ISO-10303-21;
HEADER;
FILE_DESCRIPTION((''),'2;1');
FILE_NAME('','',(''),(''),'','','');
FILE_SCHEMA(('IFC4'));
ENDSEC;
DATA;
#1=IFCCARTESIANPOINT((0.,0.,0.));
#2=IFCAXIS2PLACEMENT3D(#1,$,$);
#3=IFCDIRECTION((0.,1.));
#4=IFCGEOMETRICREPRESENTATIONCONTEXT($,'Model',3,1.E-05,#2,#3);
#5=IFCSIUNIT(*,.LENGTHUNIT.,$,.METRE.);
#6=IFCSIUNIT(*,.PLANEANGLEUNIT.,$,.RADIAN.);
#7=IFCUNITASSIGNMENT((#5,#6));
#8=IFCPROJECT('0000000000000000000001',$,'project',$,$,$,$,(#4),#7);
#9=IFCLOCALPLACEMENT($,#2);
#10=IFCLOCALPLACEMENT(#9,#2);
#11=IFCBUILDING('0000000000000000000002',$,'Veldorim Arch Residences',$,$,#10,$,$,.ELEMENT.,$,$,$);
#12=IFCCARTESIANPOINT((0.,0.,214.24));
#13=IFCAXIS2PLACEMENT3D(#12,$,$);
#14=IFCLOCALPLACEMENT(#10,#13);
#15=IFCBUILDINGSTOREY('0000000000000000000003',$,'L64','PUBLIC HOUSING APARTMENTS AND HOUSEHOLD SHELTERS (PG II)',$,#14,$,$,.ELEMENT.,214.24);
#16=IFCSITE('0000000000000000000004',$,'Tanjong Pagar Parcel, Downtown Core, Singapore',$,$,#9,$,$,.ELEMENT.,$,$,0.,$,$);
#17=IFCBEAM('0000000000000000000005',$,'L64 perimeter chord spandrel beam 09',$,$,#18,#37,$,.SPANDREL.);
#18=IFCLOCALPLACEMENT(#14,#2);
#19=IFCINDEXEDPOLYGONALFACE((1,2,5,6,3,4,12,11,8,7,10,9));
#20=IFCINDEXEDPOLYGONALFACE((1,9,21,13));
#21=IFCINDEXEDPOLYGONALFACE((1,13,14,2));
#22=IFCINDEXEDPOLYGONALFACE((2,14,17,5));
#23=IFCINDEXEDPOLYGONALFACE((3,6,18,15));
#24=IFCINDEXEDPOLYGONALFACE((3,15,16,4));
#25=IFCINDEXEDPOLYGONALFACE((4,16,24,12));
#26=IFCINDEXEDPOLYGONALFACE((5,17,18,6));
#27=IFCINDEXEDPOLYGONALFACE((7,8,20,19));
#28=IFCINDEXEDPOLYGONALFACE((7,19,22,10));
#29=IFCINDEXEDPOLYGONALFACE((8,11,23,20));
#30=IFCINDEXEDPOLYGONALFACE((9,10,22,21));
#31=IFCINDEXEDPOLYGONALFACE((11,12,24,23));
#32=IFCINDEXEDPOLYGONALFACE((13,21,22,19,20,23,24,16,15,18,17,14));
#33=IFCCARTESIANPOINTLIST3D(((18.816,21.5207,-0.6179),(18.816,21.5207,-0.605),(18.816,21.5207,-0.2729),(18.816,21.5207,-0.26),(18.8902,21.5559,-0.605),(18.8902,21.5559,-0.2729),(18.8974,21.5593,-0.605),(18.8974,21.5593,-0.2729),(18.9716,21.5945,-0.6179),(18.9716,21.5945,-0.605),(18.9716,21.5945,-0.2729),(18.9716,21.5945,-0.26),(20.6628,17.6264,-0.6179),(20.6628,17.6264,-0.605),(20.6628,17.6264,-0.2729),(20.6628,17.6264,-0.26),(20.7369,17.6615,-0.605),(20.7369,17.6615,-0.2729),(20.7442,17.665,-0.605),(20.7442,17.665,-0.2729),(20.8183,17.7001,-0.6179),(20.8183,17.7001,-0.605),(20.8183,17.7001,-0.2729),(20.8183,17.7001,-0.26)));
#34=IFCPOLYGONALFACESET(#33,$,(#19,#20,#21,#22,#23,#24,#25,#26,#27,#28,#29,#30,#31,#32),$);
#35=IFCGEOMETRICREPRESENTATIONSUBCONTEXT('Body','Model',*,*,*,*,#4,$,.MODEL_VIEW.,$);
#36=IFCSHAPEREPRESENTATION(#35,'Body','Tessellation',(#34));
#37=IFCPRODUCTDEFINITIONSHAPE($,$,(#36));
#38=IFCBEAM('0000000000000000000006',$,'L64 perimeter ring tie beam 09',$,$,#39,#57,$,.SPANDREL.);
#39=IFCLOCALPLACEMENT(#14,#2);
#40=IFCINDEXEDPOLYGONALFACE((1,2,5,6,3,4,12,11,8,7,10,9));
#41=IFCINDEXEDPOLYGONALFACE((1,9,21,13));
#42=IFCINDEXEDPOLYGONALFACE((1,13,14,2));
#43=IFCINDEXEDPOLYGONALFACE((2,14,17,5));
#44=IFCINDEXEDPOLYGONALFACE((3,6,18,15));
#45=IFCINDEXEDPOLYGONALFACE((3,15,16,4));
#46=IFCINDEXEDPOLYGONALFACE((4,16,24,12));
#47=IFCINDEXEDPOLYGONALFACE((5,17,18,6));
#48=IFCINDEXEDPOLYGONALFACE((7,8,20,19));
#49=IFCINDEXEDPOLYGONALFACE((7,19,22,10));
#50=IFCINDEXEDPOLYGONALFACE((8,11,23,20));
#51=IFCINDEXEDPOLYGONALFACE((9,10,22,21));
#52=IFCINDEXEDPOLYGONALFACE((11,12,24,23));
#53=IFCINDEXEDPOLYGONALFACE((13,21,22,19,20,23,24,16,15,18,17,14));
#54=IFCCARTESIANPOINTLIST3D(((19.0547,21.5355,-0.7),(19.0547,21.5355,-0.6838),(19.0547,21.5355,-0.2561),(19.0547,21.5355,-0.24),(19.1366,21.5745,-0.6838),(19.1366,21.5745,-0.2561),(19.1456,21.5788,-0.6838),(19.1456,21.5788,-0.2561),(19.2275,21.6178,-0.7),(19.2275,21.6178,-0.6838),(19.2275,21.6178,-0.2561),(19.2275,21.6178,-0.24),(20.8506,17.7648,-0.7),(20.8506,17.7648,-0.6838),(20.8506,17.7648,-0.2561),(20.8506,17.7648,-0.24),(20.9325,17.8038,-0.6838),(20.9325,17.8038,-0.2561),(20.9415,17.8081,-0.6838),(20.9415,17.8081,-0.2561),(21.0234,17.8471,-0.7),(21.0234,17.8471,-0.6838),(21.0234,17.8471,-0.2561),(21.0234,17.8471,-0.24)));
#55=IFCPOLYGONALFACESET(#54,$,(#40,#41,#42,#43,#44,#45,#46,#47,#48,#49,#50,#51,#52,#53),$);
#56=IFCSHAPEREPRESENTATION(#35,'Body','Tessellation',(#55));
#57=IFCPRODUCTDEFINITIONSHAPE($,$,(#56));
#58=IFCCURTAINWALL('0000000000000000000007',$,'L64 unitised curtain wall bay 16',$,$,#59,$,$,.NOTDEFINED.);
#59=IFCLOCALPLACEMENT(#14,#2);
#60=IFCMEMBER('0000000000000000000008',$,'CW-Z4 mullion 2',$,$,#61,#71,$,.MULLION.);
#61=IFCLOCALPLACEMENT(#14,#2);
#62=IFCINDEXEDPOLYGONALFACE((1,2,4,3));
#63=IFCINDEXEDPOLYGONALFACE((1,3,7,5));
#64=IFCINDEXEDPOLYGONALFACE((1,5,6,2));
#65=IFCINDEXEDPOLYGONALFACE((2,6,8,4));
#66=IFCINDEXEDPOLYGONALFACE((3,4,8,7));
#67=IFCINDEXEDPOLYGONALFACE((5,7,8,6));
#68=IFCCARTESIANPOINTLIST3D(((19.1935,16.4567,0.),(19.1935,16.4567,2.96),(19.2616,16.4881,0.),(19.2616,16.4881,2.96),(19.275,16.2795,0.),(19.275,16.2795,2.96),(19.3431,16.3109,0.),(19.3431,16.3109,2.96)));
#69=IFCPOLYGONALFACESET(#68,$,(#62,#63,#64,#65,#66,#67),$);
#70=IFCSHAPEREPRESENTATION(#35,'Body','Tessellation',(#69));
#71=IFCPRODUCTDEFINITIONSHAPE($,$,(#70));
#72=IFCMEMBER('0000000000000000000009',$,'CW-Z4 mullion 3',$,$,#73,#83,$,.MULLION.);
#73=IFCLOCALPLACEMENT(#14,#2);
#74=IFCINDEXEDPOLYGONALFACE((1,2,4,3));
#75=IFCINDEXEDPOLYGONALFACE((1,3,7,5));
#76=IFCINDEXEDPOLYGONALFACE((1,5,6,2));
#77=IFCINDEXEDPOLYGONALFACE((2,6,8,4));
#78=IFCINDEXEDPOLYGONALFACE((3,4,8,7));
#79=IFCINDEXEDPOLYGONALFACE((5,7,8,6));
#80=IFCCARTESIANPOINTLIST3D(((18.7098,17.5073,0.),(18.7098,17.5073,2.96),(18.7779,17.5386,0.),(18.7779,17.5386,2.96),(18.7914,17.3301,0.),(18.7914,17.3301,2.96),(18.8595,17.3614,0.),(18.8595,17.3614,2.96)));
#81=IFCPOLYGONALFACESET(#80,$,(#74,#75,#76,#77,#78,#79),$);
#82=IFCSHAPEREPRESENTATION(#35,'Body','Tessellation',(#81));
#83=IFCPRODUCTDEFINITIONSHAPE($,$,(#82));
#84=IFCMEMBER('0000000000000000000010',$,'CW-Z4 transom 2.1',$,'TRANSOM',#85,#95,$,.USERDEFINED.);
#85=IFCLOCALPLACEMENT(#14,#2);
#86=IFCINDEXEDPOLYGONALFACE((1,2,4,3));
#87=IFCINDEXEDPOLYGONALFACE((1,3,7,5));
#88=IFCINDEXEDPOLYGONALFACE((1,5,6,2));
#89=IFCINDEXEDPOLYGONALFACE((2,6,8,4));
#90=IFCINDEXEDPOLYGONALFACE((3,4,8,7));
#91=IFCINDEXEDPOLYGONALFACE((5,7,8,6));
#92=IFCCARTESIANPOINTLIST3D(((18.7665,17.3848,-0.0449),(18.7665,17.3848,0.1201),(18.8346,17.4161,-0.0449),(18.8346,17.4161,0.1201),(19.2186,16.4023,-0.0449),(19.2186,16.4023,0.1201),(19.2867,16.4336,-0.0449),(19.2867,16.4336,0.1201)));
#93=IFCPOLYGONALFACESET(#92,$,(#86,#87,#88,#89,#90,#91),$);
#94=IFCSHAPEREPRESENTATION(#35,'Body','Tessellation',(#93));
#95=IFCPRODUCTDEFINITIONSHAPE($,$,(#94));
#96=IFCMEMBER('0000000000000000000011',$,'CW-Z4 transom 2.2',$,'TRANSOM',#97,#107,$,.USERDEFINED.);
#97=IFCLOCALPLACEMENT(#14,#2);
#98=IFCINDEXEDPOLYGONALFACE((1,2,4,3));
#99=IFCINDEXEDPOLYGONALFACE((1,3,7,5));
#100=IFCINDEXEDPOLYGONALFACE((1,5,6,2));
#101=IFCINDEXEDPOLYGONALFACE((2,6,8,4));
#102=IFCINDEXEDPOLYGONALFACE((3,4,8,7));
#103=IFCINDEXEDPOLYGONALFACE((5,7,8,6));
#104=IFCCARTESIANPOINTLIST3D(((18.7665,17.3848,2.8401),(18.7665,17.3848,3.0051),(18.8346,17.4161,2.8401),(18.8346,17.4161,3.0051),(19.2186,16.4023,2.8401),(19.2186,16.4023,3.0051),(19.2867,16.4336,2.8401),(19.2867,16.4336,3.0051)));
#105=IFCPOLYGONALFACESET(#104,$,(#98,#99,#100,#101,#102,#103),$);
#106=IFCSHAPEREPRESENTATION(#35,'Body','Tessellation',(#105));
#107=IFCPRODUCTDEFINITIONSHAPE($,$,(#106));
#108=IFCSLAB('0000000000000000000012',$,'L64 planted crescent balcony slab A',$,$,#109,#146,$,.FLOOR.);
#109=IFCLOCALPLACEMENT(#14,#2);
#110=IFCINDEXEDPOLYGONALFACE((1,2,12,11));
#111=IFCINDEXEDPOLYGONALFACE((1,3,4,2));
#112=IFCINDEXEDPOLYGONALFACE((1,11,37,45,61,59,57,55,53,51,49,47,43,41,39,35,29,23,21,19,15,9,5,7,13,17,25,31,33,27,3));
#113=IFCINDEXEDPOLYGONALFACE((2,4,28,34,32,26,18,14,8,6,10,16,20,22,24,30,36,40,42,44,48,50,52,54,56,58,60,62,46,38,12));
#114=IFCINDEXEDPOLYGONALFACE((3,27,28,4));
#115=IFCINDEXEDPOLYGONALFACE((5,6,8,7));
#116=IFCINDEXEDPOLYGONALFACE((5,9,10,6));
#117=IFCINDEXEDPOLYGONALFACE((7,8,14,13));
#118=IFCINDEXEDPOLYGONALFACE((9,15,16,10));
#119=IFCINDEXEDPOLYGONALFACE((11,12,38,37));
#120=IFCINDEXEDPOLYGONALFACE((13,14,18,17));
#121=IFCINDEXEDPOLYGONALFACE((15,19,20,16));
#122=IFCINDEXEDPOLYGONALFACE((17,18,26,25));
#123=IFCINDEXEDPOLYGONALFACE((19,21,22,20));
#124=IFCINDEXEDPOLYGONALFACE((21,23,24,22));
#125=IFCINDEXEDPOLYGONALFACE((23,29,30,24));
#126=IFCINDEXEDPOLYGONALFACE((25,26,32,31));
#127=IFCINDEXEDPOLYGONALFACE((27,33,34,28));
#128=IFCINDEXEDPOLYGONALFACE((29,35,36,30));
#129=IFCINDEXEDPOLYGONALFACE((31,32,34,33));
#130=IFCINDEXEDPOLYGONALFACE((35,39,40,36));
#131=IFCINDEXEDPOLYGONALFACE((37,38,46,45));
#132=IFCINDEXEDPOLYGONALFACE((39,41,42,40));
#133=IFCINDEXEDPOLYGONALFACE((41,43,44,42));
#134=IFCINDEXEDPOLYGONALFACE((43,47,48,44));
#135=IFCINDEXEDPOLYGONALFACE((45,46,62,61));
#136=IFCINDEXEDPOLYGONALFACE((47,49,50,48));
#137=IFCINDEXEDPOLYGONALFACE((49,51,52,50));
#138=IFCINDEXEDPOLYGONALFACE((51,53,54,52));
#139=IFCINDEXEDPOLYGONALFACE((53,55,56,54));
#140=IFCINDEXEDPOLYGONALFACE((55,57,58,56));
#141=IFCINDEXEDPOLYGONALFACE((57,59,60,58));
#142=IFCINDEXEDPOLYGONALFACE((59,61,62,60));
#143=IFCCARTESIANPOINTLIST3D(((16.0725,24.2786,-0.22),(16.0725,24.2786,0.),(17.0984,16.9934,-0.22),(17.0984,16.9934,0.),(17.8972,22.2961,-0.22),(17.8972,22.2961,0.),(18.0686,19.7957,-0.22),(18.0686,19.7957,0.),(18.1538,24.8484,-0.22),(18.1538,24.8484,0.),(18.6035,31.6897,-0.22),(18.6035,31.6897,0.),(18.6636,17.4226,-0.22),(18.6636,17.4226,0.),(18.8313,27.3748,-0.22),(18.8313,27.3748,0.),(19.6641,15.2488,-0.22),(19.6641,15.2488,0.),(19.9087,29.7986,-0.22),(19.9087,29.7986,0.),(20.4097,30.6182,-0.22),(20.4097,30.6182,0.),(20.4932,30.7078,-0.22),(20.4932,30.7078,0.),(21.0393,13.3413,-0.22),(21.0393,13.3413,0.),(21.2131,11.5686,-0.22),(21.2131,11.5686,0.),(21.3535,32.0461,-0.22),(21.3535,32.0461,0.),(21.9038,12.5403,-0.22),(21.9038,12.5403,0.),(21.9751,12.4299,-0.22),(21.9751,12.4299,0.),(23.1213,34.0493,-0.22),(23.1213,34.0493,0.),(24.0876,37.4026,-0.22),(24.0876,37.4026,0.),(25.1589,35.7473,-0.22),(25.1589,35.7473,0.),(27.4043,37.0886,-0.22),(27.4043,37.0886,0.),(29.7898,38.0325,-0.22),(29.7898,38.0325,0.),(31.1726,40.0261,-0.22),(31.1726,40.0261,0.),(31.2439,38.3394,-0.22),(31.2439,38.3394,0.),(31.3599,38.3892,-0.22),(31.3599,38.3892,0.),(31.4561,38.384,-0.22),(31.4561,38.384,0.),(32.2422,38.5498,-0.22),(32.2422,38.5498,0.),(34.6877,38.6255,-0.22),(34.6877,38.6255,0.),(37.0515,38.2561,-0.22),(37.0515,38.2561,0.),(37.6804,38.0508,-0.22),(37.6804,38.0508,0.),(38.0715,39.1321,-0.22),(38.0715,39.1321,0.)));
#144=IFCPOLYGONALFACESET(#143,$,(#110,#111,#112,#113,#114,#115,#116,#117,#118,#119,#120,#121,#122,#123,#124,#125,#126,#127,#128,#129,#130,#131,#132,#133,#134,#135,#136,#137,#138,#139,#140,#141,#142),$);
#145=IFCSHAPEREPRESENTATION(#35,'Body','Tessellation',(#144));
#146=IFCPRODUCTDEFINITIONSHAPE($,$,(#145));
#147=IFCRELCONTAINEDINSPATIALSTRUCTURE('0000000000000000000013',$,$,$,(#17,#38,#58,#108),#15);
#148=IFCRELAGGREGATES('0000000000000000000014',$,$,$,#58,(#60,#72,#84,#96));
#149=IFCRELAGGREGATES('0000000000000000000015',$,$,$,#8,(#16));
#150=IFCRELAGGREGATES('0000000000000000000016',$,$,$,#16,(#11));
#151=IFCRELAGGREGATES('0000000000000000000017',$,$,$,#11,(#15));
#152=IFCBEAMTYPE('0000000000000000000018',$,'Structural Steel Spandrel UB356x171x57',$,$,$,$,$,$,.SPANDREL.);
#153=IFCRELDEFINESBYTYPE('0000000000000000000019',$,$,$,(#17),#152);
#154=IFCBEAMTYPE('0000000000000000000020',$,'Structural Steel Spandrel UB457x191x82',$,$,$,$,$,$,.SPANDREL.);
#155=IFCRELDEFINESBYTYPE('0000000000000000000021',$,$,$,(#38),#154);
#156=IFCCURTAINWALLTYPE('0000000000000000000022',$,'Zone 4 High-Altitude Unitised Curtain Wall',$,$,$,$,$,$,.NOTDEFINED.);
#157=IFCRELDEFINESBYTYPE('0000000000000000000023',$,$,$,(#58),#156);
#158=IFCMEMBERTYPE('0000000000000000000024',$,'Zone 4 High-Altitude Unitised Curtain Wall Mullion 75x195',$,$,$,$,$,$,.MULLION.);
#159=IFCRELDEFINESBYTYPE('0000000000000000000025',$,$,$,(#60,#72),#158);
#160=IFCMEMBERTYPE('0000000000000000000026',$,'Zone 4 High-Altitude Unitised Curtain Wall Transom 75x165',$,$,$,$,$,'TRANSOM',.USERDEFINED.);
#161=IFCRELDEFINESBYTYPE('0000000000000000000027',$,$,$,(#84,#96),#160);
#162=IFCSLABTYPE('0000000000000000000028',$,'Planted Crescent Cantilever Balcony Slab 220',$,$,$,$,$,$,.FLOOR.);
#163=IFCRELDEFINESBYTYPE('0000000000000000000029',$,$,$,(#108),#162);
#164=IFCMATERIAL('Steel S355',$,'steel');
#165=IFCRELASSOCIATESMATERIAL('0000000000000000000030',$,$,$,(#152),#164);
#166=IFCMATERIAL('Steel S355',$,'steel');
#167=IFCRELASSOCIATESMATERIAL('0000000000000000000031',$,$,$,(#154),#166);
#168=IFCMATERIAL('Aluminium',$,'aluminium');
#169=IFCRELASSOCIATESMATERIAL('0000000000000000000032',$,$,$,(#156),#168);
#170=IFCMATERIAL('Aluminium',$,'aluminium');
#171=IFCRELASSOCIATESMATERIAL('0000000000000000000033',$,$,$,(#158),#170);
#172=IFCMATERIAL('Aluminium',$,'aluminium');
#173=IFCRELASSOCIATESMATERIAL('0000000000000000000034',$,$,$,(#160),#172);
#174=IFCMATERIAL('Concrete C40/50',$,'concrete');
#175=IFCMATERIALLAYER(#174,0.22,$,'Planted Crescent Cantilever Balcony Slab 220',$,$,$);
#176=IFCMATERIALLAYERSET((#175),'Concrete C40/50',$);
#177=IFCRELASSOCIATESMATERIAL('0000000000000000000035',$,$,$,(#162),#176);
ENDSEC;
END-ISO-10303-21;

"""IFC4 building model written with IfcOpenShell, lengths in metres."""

from ifc_helpers import new_model, si_unit, direction, frame, origin, origin_2d, place, context, subcontext, project, spatial, polyline, rectangle, i_section, outline, extrude, material, layer, layer_set, material_profile, profile_set, type_object, element, aggregate, save


model = new_model("IFC4")

# Units and contexts
model_context = context("Model", 3, precision=1e-05, world=origin(), true_north=direction((0.0, 1.0)))
body_context = subcontext(model_context, "Body", "Model", "MODEL_VIEW")
ifc_project = project(units=[si_unit("LENGTHUNIT", "METRE"), si_unit("PLANEANGLEUNIT", "RADIAN")], contexts=[model_context])

# Site, building, storey
site_placement = place(None, origin())
site = spatial("IfcSite", under=ifc_project, at=site_placement, Name="Tanjong Pagar Parcel, Downtown Core, Singapore", CompositionType="ELEMENT", RefElevation=0.0)
building_placement = place(site_placement, origin())
building = spatial("IfcBuilding", under=site, at=building_placement, Name="Veldorim Arch Residences", CompositionType="ELEMENT")
storey_placement = place(building_placement, frame((0.0, 0.0, 214.24)))
storey = spatial("IfcBuildingStorey", under=building, at=storey_placement, Name="L64", Description="PUBLIC HOUSING APARTMENTS AND HOUSEHOLD SHELTERS (PG II)", CompositionType="ELEMENT", Elevation=214.24)

# Beams
ifc_material_1 = material(Name="Steel S355", Category="steel")
ifc_material_profile_1 = material_profile(ifc_material_1, i_section(OverallWidth=0.1721, OverallDepth=0.3579, WebThickness=0.0081, FlangeThickness=0.0129, at=origin_2d()), Name="UB356x171x57")
ifc_profile_set_1 = profile_set([ifc_material_profile_1], Name="Steel S355")
beam_type_1 = type_object("IfcBeamType", Name="Structural Steel Spandrel UB356x171x57", PredefinedType="SPANDREL", material=ifc_profile_set_1)
beam_1_placement = place(storey_placement, frame((18.8938, 21.5576, -0.439), z_axis=(0.428469, -0.903557, 0.0), x_axis=(0.903557, 0.428469, 0.0)))
element("IfcBeam", 1, at=beam_1_placement, inside=storey, type_object=beam_type_1, Name="L64 perimeter chord spandrel beam 09", PredefinedType="SPANDREL", context=body_context, shape_type="SweptSolid", body=[
    extrude(i_section(OverallWidth=0.1721, OverallDepth=0.3579, WebThickness=0.0081, FlangeThickness=0.0129, at=origin_2d()), origin(), (0.0, 0.0, 1.0), 4.3101),
])
ifc_material_2 = material(Name="Steel S355", Category="steel")
ifc_material_profile_2 = material_profile(ifc_material_2, i_section(OverallWidth=0.1914, OverallDepth=0.46, WebThickness=0.01, FlangeThickness=0.0161, at=origin_2d()), Name="UB457x191x82")
ifc_profile_set_2 = profile_set([ifc_material_profile_2], Name="Steel S355")
beam_type_2 = type_object("IfcBeamType", Name="Structural Steel Spandrel UB457x191x82", PredefinedType="SPANDREL", material=ifc_profile_set_2)
beam_2_placement = place(storey_placement, frame((19.1411, 21.5767, -0.47), z_axis=(0.429993, -0.902832, 0.0), x_axis=(0.902832, 0.429993, 0.0)))
element("IfcBeam", 2, at=beam_2_placement, inside=storey, type_object=beam_type_2, Name="L64 perimeter ring tie beam 09", PredefinedType="SPANDREL", context=body_context, shape_type="SweptSolid", body=[
    extrude(i_section(OverallWidth=0.1914, OverallDepth=0.46, WebThickness=0.01, FlangeThickness=0.0161, at=origin_2d()), origin(), (0.0, 0.0, 1.0), 4.1765),
])

# Curtain wall, members
ifc_material_3 = material(Name="Aluminium", Category="aluminium")
curtain_wall_type = type_object("IfcCurtainWallType", Name="Zone 4 High-Altitude Unitised Curtain Wall", PredefinedType="NOTDEFINED", material=ifc_material_3)
curtain_wall_placement = place(storey_placement, origin())
curtain_wall = element("IfcCurtainWall", 3, at=curtain_wall_placement, inside=storey, type_object=curtain_wall_type, Name="L64 unitised curtain wall bay 16", PredefinedType="NOTDEFINED")
ifc_material_4 = material(Name="Aluminium", Category="aluminium")
ifc_material_profile_3 = material_profile(ifc_material_4, rectangle(XDim=0.075, YDim=0.1951, at=origin_2d()), Name="ALU_MUL_75x195")
ifc_profile_set_3 = profile_set([ifc_material_profile_3], Name="Aluminium")
member_type_1 = type_object("IfcMemberType", Name="Zone 4 High-Altitude Unitised Curtain Wall Mullion 75x195", PredefinedType="MULLION", material=ifc_profile_set_3)
member_1_placement = place(storey_placement, frame((19.2683, 16.3838, 0.0), z_axis=(0.0, 0.0, 1.0), x_axis=(-0.9084, -0.418102, 0.0)))
member_1 = element("IfcMember", 4, at=member_1_placement, type_object=member_type_1, Name="CW-Z4 mullion 2", PredefinedType="MULLION", context=body_context, shape_type="SweptSolid", body=[
    extrude(rectangle(XDim=0.075, YDim=0.1951, at=origin_2d()), origin(), (0.0, 0.0, 1.0), 2.96),
])
member_2_placement = place(storey_placement, frame((18.7847, 17.4343, 0.0), z_axis=(0.0, 0.0, 1.0), x_axis=(-0.9084, -0.418102, 0.0)))
member_2 = element("IfcMember", 5, at=member_2_placement, type_object=member_type_1, Name="CW-Z4 mullion 3", PredefinedType="MULLION", context=body_context, shape_type="SweptSolid", body=[
    extrude(rectangle(XDim=0.075, YDim=0.1951, at=origin_2d()), origin(), (0.0, 0.0, 1.0), 2.96),
])
ifc_material_5 = material(Name="Aluminium", Category="aluminium")
ifc_material_profile_4 = material_profile(ifc_material_5, rectangle(XDim=0.075, YDim=0.165, at=origin_2d()), Name="ALU_TRN_75x165")
ifc_profile_set_4 = profile_set([ifc_material_profile_4], Name="Aluminium")
member_type_2 = type_object("IfcMemberType", Name="Zone 4 High-Altitude Unitised Curtain Wall Transom 75x165", ElementType="TRANSOM", PredefinedType="USERDEFINED", material=ifc_profile_set_4)
member_3_placement = place(storey_placement, frame((19.2527, 16.418, 0.0376), z_axis=(-0.418084, 0.908408, 0.0), x_axis=(-0.908408, -0.418084, 0.0)))
member_3 = element("IfcMember", 6, at=member_3_placement, type_object=member_type_2, Name="CW-Z4 transom 2.1", ObjectType="TRANSOM", PredefinedType="USERDEFINED", context=body_context, shape_type="SweptSolid", body=[
    extrude(rectangle(XDim=0.075, YDim=0.165, at=origin_2d()), origin(), (0.0, 0.0, 1.0), 1.0815),
])
member_4_placement = place(storey_placement, frame((19.2527, 16.418, 2.9226), z_axis=(-0.418084, 0.908408, 0.0), x_axis=(-0.908408, -0.418084, 0.0)))
member_4 = element("IfcMember", 7, at=member_4_placement, type_object=member_type_2, Name="CW-Z4 transom 2.2", ObjectType="TRANSOM", PredefinedType="USERDEFINED", context=body_context, shape_type="SweptSolid", body=[
    extrude(rectangle(XDim=0.075, YDim=0.165, at=origin_2d()), origin(), (0.0, 0.0, 1.0), 1.0815),
])

# Slab
ifc_material_6 = material(Name="Concrete C40/50", Category="concrete")
ifc_layer_1 = layer(ifc_material_6, 0.22, Name="Planted Crescent Cantilever Balcony Slab 220")
ifc_layer_set_1 = layer_set([ifc_layer_1], Name="Concrete C40/50")
slab_type_1 = type_object("IfcSlabType", Name="Planted Crescent Cantilever Balcony Slab 220", PredefinedType="FLOOR", material=ifc_layer_set_1)
slab_1_placement = place(storey_placement, frame((0.0, 0.0, -0.22)))
element("IfcSlab", 8, at=slab_1_placement, inside=storey, type_object=slab_type_1, Name="L64 planted crescent balcony slab A", PredefinedType="FLOOR", context=body_context, shape_type="SweptSolid", body=[
    extrude(outline(polyline([(37.6804, 38.0508), (37.0515, 38.2561), (34.6877, 38.6255), (32.2422, 38.5498), (31.4561, 38.384), (31.3599, 38.3892), (31.2439, 38.3394), (29.7898, 38.0325), (27.4043, 37.0886), (25.1589, 35.7473), (23.1213, 34.0493), (21.3535, 32.0461), (20.4932, 30.7078), (20.4097, 30.6182), (19.9087, 29.7986), (18.8313, 27.3748), (18.1538, 24.8484), (17.8972, 22.2961), (18.0686, 19.7957), (18.6636, 17.4226), (19.6641, 15.2488), (21.0393, 13.3413), (21.9038, 12.5403), (21.9751, 12.4299), (21.2131, 11.5686), (17.0984, 16.9934), (16.0725, 24.2786), (18.6035, 31.6897), (24.0876, 37.4026), (31.1726, 40.0261), (38.0715, 39.1321), (37.6804, 38.0508)])), origin(), (0.0, 0.0, 1.0), 0.22),
])

aggregate(curtain_wall, [member_1, member_2, member_3, member_4])

save(model, "model.ifc")
